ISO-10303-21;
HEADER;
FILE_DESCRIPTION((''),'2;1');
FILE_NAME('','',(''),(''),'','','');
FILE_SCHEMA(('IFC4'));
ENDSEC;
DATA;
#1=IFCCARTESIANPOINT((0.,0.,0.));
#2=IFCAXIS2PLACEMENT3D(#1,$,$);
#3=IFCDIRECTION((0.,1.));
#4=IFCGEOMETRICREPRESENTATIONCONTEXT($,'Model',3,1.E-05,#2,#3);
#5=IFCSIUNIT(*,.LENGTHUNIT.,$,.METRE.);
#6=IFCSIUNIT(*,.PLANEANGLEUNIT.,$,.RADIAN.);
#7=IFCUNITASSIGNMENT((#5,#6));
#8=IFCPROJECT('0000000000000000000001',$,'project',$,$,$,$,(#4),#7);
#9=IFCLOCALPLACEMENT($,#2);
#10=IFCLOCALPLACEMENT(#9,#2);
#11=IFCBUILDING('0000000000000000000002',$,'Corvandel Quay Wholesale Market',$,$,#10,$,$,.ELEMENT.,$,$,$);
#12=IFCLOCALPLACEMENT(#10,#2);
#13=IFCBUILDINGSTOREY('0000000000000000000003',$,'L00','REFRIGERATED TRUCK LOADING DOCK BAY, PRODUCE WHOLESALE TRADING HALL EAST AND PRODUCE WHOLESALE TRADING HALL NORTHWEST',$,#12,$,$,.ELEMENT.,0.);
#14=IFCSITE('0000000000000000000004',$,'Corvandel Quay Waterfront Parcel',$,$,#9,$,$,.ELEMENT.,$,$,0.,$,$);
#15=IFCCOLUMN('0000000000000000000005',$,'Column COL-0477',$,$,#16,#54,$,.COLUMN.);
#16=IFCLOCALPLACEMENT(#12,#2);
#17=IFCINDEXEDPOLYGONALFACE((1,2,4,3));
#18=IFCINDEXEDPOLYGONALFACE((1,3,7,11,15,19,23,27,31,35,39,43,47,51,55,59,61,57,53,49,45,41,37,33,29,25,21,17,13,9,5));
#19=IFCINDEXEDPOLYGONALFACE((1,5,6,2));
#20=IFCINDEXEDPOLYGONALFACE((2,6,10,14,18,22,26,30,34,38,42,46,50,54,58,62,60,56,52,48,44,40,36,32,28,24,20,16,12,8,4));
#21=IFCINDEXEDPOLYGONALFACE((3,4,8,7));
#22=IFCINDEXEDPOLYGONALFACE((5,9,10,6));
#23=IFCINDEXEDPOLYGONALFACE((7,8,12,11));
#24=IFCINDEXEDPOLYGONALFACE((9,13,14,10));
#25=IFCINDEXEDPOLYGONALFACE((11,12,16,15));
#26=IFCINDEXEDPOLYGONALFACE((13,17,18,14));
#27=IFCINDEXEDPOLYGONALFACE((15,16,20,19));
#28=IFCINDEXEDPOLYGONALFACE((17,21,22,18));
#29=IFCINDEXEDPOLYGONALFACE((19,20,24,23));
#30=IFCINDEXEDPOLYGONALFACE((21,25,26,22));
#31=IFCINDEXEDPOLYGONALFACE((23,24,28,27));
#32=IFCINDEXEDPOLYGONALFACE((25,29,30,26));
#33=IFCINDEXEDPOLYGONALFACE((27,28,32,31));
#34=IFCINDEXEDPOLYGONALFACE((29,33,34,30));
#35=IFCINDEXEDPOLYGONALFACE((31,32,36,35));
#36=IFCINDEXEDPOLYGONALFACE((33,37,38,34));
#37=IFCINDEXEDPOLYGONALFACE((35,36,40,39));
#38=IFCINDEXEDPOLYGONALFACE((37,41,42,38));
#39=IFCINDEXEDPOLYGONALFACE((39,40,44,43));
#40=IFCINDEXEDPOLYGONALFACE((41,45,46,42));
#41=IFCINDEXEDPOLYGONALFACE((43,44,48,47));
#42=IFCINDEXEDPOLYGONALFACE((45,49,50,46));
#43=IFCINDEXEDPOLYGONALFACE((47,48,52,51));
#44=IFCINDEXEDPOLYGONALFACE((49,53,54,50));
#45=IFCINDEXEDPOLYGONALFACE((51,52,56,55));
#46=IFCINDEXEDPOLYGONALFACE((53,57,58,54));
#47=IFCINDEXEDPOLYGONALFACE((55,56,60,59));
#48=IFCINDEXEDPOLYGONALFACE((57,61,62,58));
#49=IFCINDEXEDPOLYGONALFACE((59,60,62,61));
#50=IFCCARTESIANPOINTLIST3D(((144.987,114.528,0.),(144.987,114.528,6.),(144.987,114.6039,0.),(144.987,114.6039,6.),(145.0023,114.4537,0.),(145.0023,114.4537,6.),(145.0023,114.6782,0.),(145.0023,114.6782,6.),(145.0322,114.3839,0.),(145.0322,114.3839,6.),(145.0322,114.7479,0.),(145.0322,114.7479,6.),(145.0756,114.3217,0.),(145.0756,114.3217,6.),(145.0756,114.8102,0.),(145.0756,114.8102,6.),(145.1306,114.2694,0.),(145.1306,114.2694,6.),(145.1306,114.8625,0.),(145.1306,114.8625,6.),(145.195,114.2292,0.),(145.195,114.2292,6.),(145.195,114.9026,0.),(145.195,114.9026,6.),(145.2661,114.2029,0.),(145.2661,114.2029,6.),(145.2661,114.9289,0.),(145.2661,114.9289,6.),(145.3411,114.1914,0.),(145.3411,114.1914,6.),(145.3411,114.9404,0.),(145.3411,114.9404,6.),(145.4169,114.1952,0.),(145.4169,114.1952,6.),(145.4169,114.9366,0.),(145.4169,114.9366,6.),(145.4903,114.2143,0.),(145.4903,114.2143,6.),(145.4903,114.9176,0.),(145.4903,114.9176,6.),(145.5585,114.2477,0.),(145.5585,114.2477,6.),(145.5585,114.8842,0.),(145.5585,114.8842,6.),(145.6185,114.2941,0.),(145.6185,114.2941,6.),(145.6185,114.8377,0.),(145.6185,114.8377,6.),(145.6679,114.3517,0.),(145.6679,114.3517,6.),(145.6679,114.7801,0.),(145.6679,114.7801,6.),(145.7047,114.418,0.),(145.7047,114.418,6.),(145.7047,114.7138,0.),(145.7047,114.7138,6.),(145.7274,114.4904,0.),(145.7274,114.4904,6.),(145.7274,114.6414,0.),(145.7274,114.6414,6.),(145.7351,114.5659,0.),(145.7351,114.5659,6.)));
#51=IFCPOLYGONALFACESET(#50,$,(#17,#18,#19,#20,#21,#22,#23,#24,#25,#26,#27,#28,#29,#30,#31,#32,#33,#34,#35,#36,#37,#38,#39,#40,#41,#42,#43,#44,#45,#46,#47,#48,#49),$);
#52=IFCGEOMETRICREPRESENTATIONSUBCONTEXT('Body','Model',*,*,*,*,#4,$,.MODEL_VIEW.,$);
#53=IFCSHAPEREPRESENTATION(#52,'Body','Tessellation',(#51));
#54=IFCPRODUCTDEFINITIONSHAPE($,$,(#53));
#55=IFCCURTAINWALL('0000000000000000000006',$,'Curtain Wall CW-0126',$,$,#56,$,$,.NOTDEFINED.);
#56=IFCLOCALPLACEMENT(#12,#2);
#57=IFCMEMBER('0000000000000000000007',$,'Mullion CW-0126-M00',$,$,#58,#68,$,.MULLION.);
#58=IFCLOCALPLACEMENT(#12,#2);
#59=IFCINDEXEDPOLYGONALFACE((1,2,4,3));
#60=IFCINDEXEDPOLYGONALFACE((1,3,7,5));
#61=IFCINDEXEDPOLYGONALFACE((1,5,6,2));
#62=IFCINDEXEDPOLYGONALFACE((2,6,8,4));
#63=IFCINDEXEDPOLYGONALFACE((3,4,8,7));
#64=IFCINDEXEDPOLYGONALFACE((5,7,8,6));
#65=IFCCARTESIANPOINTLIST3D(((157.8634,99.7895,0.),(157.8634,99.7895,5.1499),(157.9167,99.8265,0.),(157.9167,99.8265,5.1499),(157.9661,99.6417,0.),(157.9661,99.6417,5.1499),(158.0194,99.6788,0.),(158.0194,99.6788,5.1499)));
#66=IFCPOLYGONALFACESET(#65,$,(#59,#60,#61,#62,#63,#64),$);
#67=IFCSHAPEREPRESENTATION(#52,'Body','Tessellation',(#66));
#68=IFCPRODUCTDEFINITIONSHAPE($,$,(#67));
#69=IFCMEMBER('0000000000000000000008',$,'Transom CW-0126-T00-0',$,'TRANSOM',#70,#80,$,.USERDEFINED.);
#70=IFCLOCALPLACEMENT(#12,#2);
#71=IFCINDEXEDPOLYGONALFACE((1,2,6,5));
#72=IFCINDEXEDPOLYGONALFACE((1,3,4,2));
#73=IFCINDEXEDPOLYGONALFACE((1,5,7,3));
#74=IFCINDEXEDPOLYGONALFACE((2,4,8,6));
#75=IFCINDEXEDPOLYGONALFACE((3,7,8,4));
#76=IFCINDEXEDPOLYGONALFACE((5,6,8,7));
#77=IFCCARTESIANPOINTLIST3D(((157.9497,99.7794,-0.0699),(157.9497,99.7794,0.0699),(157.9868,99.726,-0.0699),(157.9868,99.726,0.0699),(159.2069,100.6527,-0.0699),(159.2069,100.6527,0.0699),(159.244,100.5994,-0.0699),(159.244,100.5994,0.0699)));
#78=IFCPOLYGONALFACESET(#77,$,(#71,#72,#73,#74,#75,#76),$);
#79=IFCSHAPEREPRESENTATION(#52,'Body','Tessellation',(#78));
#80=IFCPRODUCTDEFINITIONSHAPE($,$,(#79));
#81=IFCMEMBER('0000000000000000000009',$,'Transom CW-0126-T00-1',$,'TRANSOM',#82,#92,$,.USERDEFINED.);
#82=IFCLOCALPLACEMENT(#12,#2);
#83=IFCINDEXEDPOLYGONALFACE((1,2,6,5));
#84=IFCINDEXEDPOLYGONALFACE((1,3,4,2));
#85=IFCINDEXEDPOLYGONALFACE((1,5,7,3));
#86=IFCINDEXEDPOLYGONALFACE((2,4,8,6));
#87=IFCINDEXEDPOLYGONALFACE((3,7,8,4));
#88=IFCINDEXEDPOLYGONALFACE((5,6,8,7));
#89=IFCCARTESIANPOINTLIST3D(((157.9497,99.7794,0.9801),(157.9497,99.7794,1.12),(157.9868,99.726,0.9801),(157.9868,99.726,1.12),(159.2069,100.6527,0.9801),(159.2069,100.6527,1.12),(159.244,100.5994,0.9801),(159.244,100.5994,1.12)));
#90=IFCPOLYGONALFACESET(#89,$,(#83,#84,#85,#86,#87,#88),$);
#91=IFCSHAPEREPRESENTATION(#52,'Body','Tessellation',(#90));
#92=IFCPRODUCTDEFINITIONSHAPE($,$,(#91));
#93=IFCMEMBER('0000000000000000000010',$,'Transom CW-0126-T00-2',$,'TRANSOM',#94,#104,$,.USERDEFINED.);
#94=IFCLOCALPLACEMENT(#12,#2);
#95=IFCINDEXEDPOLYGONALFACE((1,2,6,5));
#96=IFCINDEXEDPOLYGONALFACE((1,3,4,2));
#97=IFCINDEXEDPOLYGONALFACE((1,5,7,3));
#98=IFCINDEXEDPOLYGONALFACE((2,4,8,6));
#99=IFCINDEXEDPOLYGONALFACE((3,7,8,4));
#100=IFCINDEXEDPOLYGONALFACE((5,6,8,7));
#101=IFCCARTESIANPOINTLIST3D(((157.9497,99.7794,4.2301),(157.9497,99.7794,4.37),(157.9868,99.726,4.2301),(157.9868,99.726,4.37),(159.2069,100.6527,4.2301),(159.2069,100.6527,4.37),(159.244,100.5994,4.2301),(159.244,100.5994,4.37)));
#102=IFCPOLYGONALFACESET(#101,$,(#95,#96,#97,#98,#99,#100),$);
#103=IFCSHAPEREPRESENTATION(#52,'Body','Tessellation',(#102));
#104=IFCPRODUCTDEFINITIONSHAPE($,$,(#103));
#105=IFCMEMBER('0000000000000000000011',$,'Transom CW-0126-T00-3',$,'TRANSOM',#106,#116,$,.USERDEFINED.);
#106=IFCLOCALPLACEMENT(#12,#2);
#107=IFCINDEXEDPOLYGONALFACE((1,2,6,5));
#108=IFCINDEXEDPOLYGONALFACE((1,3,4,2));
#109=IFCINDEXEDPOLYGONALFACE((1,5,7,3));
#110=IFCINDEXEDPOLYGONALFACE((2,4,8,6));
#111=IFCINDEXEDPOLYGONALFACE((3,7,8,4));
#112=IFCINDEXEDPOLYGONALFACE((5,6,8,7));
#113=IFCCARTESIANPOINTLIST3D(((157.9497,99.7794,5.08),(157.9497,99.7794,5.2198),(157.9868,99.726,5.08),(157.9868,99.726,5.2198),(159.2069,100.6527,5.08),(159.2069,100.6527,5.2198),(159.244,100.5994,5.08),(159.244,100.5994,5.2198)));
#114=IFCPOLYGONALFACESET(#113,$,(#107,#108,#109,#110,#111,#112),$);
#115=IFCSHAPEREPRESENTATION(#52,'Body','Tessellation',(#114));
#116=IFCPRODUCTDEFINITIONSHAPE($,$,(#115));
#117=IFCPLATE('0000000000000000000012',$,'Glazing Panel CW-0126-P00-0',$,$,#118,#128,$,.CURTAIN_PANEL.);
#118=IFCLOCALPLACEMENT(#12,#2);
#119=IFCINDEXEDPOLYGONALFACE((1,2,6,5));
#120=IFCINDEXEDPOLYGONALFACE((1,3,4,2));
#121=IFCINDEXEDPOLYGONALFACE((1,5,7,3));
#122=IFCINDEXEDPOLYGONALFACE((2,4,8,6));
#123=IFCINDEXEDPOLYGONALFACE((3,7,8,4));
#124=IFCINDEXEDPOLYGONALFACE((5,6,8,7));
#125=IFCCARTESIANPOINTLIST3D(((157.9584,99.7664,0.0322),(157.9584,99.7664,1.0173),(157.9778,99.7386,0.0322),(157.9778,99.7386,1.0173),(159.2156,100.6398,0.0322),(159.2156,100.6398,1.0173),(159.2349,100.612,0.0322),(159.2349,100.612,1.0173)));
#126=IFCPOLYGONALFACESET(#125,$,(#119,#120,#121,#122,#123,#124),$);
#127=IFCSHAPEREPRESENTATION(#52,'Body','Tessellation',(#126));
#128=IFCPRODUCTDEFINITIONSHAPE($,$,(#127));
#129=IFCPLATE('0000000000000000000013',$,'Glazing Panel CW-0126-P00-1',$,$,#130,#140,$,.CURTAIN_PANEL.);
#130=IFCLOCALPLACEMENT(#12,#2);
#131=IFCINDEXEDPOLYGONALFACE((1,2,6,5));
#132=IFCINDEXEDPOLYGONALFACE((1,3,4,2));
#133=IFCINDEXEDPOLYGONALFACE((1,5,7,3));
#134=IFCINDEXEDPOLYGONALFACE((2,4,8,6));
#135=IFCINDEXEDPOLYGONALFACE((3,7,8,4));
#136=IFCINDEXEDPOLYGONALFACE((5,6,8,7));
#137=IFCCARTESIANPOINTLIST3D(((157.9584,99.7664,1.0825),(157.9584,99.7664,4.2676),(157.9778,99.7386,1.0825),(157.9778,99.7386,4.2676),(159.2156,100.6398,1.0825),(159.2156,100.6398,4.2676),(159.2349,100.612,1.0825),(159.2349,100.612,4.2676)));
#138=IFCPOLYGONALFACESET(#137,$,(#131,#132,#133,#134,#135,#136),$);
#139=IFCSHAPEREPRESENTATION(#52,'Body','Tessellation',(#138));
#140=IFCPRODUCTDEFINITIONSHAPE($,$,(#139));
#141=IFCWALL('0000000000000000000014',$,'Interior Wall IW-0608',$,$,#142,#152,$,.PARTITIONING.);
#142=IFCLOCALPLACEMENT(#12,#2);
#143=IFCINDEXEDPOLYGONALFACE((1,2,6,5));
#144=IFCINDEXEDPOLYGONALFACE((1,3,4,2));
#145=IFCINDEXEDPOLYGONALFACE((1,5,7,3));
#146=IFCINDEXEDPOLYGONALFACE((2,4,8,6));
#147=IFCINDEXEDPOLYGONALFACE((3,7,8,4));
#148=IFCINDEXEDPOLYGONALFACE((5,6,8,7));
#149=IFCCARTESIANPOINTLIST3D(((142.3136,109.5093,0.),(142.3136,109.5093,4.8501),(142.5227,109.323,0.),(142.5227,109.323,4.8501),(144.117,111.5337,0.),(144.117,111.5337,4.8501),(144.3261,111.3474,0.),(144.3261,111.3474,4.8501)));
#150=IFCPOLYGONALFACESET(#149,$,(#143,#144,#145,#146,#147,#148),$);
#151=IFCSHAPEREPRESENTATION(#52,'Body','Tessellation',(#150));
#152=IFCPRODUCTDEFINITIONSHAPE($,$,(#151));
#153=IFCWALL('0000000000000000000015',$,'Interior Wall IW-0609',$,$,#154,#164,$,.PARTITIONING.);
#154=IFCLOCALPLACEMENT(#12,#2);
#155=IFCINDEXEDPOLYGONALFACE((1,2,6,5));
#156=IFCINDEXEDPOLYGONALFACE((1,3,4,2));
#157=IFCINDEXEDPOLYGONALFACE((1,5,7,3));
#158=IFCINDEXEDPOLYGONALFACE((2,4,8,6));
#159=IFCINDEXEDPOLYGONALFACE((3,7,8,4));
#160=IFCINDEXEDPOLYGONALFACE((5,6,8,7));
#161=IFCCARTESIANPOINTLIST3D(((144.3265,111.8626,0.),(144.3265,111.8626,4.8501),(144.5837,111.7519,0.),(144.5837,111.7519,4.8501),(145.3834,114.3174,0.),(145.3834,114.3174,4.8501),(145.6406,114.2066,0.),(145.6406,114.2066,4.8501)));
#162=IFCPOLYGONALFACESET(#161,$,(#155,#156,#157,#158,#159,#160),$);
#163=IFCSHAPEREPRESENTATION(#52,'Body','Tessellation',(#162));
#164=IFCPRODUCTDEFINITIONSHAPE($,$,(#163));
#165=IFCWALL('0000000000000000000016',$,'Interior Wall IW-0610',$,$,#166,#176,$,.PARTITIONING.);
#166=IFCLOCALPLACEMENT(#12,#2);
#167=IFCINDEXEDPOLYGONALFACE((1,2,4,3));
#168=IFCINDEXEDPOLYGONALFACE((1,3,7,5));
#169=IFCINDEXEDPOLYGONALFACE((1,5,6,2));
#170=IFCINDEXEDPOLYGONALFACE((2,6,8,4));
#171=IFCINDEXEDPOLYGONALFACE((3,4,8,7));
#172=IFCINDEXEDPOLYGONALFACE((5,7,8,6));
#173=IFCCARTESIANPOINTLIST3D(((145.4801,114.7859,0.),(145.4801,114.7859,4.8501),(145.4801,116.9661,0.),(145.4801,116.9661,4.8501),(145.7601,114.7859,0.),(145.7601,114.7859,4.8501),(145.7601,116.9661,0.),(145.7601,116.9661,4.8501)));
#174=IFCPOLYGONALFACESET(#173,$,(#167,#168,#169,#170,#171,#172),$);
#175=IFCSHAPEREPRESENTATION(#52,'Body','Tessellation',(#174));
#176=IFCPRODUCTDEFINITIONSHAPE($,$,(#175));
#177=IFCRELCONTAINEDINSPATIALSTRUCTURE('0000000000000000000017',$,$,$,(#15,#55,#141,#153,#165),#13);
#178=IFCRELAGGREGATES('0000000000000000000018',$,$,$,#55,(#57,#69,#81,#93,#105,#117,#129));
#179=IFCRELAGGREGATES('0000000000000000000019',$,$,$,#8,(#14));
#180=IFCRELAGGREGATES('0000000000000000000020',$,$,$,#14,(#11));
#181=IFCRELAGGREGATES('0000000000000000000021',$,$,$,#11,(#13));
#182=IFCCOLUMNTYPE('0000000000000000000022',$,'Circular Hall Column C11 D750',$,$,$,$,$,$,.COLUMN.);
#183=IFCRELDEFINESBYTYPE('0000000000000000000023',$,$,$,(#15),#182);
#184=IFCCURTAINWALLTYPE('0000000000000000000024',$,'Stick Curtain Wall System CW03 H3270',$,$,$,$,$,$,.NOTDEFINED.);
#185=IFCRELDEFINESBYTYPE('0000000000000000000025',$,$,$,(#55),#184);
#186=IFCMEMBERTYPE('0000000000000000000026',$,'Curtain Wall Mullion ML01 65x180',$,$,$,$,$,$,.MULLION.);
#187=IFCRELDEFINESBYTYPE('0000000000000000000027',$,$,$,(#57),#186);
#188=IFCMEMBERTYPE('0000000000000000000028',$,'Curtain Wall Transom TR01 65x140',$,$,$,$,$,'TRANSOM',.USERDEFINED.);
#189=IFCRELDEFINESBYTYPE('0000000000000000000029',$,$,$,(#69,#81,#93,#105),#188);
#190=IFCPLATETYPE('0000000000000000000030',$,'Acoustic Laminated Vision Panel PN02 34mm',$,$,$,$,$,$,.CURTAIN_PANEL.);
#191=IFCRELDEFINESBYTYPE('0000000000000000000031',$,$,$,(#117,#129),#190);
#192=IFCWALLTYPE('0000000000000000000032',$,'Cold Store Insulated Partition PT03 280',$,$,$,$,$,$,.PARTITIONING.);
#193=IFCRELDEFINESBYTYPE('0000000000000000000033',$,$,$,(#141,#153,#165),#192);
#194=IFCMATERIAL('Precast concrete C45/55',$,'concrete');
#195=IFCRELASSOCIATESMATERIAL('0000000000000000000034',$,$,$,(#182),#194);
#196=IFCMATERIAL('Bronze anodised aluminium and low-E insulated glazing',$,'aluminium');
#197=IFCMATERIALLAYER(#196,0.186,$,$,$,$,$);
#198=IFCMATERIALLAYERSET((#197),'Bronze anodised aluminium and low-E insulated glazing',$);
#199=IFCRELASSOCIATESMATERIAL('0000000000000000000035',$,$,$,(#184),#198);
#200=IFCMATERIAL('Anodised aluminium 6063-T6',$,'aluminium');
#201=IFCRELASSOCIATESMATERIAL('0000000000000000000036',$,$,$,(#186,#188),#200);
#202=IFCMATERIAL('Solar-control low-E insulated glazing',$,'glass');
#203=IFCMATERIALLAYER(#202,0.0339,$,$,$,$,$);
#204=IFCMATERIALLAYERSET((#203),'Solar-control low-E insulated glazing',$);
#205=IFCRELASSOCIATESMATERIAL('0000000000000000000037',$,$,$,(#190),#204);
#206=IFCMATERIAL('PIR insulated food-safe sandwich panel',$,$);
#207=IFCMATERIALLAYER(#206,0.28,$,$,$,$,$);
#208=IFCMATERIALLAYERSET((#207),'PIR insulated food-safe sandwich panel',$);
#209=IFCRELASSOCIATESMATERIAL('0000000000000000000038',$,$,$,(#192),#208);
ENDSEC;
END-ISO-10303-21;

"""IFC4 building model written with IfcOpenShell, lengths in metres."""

from ifc_helpers import new_model, si_unit, direction, frame, frame_2d, origin, origin_2d, place, context, subcontext, project, spatial, rectangle, circle, extrude, material, layer, layer_set, material_profile, profile_set, type_object, element, aggregate, save


model = new_model("IFC4")

# Units and contexts
model_context = context("Model", 3, precision=1e-05, world=origin(), true_north=direction((0.0, 1.0)))
body_context = subcontext(model_context, "Body", "Model", "MODEL_VIEW")
ifc_project = project(units=[si_unit("LENGTHUNIT", "METRE"), si_unit("PLANEANGLEUNIT", "RADIAN")], contexts=[model_context])

# Site, building, storey
site_placement = place(None, origin())
site = spatial("IfcSite", under=ifc_project, at=site_placement, Name="Corvandel Quay Waterfront Parcel", CompositionType="ELEMENT", RefElevation=0.0)
building_placement = place(site_placement, origin())
building = spatial("IfcBuilding", under=site, at=building_placement, Name="Corvandel Quay Wholesale Market", CompositionType="ELEMENT")
storey_placement = place(building_placement, origin())
storey = spatial("IfcBuildingStorey", under=building, at=storey_placement, Name="L00", Description="REFRIGERATED TRUCK LOADING DOCK BAY, PRODUCE WHOLESALE TRADING HALL EAST AND PRODUCE WHOLESALE TRADING HALL NORTHWEST", CompositionType="ELEMENT", Elevation=0.0)

# Column
ifc_material_1 = material(Name="Precast concrete C45/55", Category="concrete")
ifc_material_profile_1 = material_profile(ifc_material_1, circle(Radius=0.375, at=origin_2d()), Name="PC-COL-D750")
ifc_profile_set_1 = profile_set([ifc_material_profile_1], Name="Precast concrete C45/55")
column_type = type_object("IfcColumnType", Name="Circular Hall Column C11 D750", PredefinedType="COLUMN", material=ifc_profile_set_1)
for number, where, z_axis, x_axis, name in (
    (1, (145.3601, 114.5659, 0.0), (0.0, 0.0, 1.0), (1.0, 0.0, 0.0), "Column COL-0477"),
):
    element("IfcColumn", number, at=place(storey_placement, frame(where, z_axis=z_axis, x_axis=x_axis)), inside=storey, type_object=column_type, Name=name, PredefinedType="COLUMN", context=body_context, shape_type="SweptSolid", body=[
        extrude(circle(Radius=0.375, at=origin_2d()), origin(), (0.0, 0.0, 1.0), 6.0),
    ])

# Curtain wall, members, plates
ifc_material_2 = material(Name="Bronze anodised aluminium and low-E insulated glazing", Category="aluminium")
ifc_layer_1 = layer(ifc_material_2, 0.186)
ifc_layer_set_1 = layer_set([ifc_layer_1], Name="Bronze anodised aluminium and low-E insulated glazing")
curtain_wall_type = type_object("IfcCurtainWallType", Name="Stick Curtain Wall System CW03 H3270", PredefinedType="NOTDEFINED", material=ifc_layer_set_1)
curtain_wall_placement = place(storey_placement, origin())
curtain_wall = element("IfcCurtainWall", 2, at=curtain_wall_placement, inside=storey, type_object=curtain_wall_type, Name="Curtain Wall CW-0126", PredefinedType="NOTDEFINED")
ifc_material_3 = material(Name="Anodised aluminium 6063-T6", Category="aluminium")
ifc_material_profile_2 = material_profile(ifc_material_3, rectangle(XDim=0.0649, YDim=0.1799, at=origin_2d()), Name="ALU-MUL-65x180")
ifc_profile_set_2 = profile_set([ifc_material_profile_2], Name="Anodised aluminium 6063-T6")
member_type_1 = type_object("IfcMemberType", Name="Curtain Wall Mullion ML01 65x180", PredefinedType="MULLION", material=ifc_profile_set_2)
member_1_placement = place(storey_placement, frame((157.9414, 99.7341, 0.0), z_axis=(0.0, 0.0, 1.0), x_axis=(0.821249, 0.57057, 0.0)))
member_1 = element("IfcMember", 3, at=member_1_placement, type_object=member_type_1, Name="Mullion CW-0126-M00", PredefinedType="MULLION", context=body_context, shape_type="SweptSolid", body=[
    extrude(rectangle(XDim=0.0649, YDim=0.1799, at=origin_2d()), origin(), (0.0, 0.0, 1.0), 5.1499),
])
ifc_material_profile_3 = material_profile(ifc_material_3, rectangle(XDim=0.0649, YDim=0.1399, at=origin_2d()), Name="ALU-TRN-65x140")
ifc_profile_set_3 = profile_set([ifc_material_profile_3], Name="Anodised aluminium 6063-T6")
member_type_2 = type_object("IfcMemberType", Name="Curtain Wall Transom TR01 65x140", ElementType="TRANSOM", PredefinedType="USERDEFINED", material=ifc_profile_set_3)
member_2_placement = place(storey_placement, frame((157.9683, 99.7527, 0.0), z_axis=(0.821272, 0.570536, 0.0), x_axis=(-0.570536, 0.821272, 0.0)))
member_2 = element("IfcMember", 4, at=member_2_placement, type_object=member_type_2, Name="Transom CW-0126-T00-0", ObjectType="TRANSOM", PredefinedType="USERDEFINED", context=body_context, shape_type="SweptSolid", body=[
    extrude(rectangle(XDim=0.0649, YDim=0.1399, at=origin_2d()), origin(), (0.0, 0.0, 1.0), 1.5308),
])
member_3_placement = place(storey_placement, frame((157.9683, 99.7527, 1.05), z_axis=(0.821272, 0.570536, 0.0), x_axis=(-0.570536, 0.821272, 0.0)))
member_3 = element("IfcMember", 5, at=member_3_placement, type_object=member_type_2, Name="Transom CW-0126-T00-1", ObjectType="TRANSOM", PredefinedType="USERDEFINED", context=body_context, shape_type="SweptSolid", body=[
    extrude(rectangle(XDim=0.0649, YDim=0.1399, at=origin_2d()), origin(), (0.0, 0.0, 1.0), 1.5308),
])
member_4_placement = place(storey_placement, frame((157.9683, 99.7527, 4.3), z_axis=(0.821272, 0.570536, 0.0), x_axis=(-0.570536, 0.821272, 0.0)))
member_4 = element("IfcMember", 6, at=member_4_placement, type_object=member_type_2, Name="Transom CW-0126-T00-2", ObjectType="TRANSOM", PredefinedType="USERDEFINED", context=body_context, shape_type="SweptSolid", body=[
    extrude(rectangle(XDim=0.0649, YDim=0.1399, at=origin_2d()), origin(), (0.0, 0.0, 1.0), 1.5308),
])
member_5_placement = place(storey_placement, frame((157.9683, 99.7527, 5.1499), z_axis=(0.821272, 0.570536, 0.0), x_axis=(-0.570536, 0.821272, 0.0)))
member_5 = element("IfcMember", 7, at=member_5_placement, type_object=member_type_2, Name="Transom CW-0126-T00-3", ObjectType="TRANSOM", PredefinedType="USERDEFINED", context=body_context, shape_type="SweptSolid", body=[
    extrude(rectangle(XDim=0.0649, YDim=0.1399, at=origin_2d()), origin(), (0.0, 0.0, 1.0), 1.5308),
])
ifc_material_4 = material(Name="Solar-control low-E insulated glazing", Category="glass")
ifc_layer_2 = layer(ifc_material_4, 0.0339)
ifc_layer_set_2 = layer_set([ifc_layer_2], Name="Solar-control low-E insulated glazing")
plate_type = type_object("IfcPlateType", Name="Acoustic Laminated Vision Panel PN02 34mm", PredefinedType="CURTAIN_PANEL", material=ifc_layer_set_2)
plate_1_placement = place(storey_placement, frame((158.5967, 100.1892, 0.0322), z_axis=(0.0, 0.0, 1.0), x_axis=(0.821249, 0.57057, 0.0)))
plate_1 = element("IfcPlate", 8, at=plate_1_placement, type_object=plate_type, Name="Glazing Panel CW-0126-P00-0", PredefinedType="CURTAIN_PANEL", context=body_context, shape_type="SweptSolid", body=[
    extrude(rectangle(XDim=1.5308, YDim=0.0339, at=origin_2d()), origin(), (0.0, 0.0, 1.0), 0.9851),
])
plate_2_placement = place(storey_placement, frame((158.5967, 100.1892, 1.0825), z_axis=(0.0, 0.0, 1.0), x_axis=(0.821249, 0.57057, 0.0)))
plate_2 = element("IfcPlate", 9, at=plate_2_placement, type_object=plate_type, Name="Glazing Panel CW-0126-P00-1", PredefinedType="CURTAIN_PANEL", context=body_context, shape_type="SweptSolid", body=[
    extrude(rectangle(XDim=1.5308, YDim=0.0339, at=origin_2d()), origin(), (0.0, 0.0, 1.0), 3.1851),
])
aggregate(curtain_wall, [member_1, member_2, member_3, member_4, member_5, plate_1, plate_2])

# Walls
ifc_material_5 = material(Name="PIR insulated food-safe sandwich panel")
ifc_layer_3 = layer(ifc_material_5, 0.28)
ifc_layer_set_3 = layer_set([ifc_layer_3], Name="PIR insulated food-safe sandwich panel")
wall_type_1 = type_object("IfcWallType", Name="Cold Store Insulated Partition PT03 280", PredefinedType="PARTITIONING", material=ifc_layer_set_3)
wall_1_placement = place(storey_placement, frame((142.4182, 109.4163, 0.0), z_axis=(0.0, 0.0, 1.0), x_axis=(0.665185, 0.746679, 0.0)))
element("IfcWall", 10, at=wall_1_placement, inside=storey, type_object=wall_type_1, Name="Interior Wall IW-0608", PredefinedType="PARTITIONING", context=body_context, shape_type="SweptSolid", body=[
    extrude(rectangle(XDim=2.7112, YDim=0.28, at=frame_2d((1.3555, 0.0))), origin(), (0.0, 0.0, 1.0), 4.8501),
])
wall_2_placement = place(storey_placement, frame((144.4551, 111.8071, 0.0), z_axis=(0.0, 0.0, 1.0), x_axis=(0.39544, 0.918492, 0.0)))
element("IfcWall", 11, at=wall_2_placement, inside=storey, type_object=wall_type_1, Name="Interior Wall IW-0609", PredefinedType="PARTITIONING", context=body_context, shape_type="SweptSolid", body=[
    extrude(rectangle(XDim=2.6726, YDim=0.28, at=frame_2d((1.3364, 0.0))), origin(), (0.0, 0.0, 1.0), 4.8501),
])
wall_3_placement = place(storey_placement, frame((145.6201, 114.7859, 0.0), z_axis=(0.0, 0.0, 1.0), x_axis=(0.0, 1.0, 0.0)))
element("IfcWall", 12, at=wall_3_placement, inside=storey, type_object=wall_type_1, Name="Interior Wall IW-0610", PredefinedType="PARTITIONING", context=body_context, shape_type="SweptSolid", body=[
    extrude(rectangle(XDim=2.1802, YDim=0.28, at=frame_2d((1.0901, 0.0))), origin(), (0.0, 0.0, 1.0), 4.8501),
])

save(model, "model.ifc")
